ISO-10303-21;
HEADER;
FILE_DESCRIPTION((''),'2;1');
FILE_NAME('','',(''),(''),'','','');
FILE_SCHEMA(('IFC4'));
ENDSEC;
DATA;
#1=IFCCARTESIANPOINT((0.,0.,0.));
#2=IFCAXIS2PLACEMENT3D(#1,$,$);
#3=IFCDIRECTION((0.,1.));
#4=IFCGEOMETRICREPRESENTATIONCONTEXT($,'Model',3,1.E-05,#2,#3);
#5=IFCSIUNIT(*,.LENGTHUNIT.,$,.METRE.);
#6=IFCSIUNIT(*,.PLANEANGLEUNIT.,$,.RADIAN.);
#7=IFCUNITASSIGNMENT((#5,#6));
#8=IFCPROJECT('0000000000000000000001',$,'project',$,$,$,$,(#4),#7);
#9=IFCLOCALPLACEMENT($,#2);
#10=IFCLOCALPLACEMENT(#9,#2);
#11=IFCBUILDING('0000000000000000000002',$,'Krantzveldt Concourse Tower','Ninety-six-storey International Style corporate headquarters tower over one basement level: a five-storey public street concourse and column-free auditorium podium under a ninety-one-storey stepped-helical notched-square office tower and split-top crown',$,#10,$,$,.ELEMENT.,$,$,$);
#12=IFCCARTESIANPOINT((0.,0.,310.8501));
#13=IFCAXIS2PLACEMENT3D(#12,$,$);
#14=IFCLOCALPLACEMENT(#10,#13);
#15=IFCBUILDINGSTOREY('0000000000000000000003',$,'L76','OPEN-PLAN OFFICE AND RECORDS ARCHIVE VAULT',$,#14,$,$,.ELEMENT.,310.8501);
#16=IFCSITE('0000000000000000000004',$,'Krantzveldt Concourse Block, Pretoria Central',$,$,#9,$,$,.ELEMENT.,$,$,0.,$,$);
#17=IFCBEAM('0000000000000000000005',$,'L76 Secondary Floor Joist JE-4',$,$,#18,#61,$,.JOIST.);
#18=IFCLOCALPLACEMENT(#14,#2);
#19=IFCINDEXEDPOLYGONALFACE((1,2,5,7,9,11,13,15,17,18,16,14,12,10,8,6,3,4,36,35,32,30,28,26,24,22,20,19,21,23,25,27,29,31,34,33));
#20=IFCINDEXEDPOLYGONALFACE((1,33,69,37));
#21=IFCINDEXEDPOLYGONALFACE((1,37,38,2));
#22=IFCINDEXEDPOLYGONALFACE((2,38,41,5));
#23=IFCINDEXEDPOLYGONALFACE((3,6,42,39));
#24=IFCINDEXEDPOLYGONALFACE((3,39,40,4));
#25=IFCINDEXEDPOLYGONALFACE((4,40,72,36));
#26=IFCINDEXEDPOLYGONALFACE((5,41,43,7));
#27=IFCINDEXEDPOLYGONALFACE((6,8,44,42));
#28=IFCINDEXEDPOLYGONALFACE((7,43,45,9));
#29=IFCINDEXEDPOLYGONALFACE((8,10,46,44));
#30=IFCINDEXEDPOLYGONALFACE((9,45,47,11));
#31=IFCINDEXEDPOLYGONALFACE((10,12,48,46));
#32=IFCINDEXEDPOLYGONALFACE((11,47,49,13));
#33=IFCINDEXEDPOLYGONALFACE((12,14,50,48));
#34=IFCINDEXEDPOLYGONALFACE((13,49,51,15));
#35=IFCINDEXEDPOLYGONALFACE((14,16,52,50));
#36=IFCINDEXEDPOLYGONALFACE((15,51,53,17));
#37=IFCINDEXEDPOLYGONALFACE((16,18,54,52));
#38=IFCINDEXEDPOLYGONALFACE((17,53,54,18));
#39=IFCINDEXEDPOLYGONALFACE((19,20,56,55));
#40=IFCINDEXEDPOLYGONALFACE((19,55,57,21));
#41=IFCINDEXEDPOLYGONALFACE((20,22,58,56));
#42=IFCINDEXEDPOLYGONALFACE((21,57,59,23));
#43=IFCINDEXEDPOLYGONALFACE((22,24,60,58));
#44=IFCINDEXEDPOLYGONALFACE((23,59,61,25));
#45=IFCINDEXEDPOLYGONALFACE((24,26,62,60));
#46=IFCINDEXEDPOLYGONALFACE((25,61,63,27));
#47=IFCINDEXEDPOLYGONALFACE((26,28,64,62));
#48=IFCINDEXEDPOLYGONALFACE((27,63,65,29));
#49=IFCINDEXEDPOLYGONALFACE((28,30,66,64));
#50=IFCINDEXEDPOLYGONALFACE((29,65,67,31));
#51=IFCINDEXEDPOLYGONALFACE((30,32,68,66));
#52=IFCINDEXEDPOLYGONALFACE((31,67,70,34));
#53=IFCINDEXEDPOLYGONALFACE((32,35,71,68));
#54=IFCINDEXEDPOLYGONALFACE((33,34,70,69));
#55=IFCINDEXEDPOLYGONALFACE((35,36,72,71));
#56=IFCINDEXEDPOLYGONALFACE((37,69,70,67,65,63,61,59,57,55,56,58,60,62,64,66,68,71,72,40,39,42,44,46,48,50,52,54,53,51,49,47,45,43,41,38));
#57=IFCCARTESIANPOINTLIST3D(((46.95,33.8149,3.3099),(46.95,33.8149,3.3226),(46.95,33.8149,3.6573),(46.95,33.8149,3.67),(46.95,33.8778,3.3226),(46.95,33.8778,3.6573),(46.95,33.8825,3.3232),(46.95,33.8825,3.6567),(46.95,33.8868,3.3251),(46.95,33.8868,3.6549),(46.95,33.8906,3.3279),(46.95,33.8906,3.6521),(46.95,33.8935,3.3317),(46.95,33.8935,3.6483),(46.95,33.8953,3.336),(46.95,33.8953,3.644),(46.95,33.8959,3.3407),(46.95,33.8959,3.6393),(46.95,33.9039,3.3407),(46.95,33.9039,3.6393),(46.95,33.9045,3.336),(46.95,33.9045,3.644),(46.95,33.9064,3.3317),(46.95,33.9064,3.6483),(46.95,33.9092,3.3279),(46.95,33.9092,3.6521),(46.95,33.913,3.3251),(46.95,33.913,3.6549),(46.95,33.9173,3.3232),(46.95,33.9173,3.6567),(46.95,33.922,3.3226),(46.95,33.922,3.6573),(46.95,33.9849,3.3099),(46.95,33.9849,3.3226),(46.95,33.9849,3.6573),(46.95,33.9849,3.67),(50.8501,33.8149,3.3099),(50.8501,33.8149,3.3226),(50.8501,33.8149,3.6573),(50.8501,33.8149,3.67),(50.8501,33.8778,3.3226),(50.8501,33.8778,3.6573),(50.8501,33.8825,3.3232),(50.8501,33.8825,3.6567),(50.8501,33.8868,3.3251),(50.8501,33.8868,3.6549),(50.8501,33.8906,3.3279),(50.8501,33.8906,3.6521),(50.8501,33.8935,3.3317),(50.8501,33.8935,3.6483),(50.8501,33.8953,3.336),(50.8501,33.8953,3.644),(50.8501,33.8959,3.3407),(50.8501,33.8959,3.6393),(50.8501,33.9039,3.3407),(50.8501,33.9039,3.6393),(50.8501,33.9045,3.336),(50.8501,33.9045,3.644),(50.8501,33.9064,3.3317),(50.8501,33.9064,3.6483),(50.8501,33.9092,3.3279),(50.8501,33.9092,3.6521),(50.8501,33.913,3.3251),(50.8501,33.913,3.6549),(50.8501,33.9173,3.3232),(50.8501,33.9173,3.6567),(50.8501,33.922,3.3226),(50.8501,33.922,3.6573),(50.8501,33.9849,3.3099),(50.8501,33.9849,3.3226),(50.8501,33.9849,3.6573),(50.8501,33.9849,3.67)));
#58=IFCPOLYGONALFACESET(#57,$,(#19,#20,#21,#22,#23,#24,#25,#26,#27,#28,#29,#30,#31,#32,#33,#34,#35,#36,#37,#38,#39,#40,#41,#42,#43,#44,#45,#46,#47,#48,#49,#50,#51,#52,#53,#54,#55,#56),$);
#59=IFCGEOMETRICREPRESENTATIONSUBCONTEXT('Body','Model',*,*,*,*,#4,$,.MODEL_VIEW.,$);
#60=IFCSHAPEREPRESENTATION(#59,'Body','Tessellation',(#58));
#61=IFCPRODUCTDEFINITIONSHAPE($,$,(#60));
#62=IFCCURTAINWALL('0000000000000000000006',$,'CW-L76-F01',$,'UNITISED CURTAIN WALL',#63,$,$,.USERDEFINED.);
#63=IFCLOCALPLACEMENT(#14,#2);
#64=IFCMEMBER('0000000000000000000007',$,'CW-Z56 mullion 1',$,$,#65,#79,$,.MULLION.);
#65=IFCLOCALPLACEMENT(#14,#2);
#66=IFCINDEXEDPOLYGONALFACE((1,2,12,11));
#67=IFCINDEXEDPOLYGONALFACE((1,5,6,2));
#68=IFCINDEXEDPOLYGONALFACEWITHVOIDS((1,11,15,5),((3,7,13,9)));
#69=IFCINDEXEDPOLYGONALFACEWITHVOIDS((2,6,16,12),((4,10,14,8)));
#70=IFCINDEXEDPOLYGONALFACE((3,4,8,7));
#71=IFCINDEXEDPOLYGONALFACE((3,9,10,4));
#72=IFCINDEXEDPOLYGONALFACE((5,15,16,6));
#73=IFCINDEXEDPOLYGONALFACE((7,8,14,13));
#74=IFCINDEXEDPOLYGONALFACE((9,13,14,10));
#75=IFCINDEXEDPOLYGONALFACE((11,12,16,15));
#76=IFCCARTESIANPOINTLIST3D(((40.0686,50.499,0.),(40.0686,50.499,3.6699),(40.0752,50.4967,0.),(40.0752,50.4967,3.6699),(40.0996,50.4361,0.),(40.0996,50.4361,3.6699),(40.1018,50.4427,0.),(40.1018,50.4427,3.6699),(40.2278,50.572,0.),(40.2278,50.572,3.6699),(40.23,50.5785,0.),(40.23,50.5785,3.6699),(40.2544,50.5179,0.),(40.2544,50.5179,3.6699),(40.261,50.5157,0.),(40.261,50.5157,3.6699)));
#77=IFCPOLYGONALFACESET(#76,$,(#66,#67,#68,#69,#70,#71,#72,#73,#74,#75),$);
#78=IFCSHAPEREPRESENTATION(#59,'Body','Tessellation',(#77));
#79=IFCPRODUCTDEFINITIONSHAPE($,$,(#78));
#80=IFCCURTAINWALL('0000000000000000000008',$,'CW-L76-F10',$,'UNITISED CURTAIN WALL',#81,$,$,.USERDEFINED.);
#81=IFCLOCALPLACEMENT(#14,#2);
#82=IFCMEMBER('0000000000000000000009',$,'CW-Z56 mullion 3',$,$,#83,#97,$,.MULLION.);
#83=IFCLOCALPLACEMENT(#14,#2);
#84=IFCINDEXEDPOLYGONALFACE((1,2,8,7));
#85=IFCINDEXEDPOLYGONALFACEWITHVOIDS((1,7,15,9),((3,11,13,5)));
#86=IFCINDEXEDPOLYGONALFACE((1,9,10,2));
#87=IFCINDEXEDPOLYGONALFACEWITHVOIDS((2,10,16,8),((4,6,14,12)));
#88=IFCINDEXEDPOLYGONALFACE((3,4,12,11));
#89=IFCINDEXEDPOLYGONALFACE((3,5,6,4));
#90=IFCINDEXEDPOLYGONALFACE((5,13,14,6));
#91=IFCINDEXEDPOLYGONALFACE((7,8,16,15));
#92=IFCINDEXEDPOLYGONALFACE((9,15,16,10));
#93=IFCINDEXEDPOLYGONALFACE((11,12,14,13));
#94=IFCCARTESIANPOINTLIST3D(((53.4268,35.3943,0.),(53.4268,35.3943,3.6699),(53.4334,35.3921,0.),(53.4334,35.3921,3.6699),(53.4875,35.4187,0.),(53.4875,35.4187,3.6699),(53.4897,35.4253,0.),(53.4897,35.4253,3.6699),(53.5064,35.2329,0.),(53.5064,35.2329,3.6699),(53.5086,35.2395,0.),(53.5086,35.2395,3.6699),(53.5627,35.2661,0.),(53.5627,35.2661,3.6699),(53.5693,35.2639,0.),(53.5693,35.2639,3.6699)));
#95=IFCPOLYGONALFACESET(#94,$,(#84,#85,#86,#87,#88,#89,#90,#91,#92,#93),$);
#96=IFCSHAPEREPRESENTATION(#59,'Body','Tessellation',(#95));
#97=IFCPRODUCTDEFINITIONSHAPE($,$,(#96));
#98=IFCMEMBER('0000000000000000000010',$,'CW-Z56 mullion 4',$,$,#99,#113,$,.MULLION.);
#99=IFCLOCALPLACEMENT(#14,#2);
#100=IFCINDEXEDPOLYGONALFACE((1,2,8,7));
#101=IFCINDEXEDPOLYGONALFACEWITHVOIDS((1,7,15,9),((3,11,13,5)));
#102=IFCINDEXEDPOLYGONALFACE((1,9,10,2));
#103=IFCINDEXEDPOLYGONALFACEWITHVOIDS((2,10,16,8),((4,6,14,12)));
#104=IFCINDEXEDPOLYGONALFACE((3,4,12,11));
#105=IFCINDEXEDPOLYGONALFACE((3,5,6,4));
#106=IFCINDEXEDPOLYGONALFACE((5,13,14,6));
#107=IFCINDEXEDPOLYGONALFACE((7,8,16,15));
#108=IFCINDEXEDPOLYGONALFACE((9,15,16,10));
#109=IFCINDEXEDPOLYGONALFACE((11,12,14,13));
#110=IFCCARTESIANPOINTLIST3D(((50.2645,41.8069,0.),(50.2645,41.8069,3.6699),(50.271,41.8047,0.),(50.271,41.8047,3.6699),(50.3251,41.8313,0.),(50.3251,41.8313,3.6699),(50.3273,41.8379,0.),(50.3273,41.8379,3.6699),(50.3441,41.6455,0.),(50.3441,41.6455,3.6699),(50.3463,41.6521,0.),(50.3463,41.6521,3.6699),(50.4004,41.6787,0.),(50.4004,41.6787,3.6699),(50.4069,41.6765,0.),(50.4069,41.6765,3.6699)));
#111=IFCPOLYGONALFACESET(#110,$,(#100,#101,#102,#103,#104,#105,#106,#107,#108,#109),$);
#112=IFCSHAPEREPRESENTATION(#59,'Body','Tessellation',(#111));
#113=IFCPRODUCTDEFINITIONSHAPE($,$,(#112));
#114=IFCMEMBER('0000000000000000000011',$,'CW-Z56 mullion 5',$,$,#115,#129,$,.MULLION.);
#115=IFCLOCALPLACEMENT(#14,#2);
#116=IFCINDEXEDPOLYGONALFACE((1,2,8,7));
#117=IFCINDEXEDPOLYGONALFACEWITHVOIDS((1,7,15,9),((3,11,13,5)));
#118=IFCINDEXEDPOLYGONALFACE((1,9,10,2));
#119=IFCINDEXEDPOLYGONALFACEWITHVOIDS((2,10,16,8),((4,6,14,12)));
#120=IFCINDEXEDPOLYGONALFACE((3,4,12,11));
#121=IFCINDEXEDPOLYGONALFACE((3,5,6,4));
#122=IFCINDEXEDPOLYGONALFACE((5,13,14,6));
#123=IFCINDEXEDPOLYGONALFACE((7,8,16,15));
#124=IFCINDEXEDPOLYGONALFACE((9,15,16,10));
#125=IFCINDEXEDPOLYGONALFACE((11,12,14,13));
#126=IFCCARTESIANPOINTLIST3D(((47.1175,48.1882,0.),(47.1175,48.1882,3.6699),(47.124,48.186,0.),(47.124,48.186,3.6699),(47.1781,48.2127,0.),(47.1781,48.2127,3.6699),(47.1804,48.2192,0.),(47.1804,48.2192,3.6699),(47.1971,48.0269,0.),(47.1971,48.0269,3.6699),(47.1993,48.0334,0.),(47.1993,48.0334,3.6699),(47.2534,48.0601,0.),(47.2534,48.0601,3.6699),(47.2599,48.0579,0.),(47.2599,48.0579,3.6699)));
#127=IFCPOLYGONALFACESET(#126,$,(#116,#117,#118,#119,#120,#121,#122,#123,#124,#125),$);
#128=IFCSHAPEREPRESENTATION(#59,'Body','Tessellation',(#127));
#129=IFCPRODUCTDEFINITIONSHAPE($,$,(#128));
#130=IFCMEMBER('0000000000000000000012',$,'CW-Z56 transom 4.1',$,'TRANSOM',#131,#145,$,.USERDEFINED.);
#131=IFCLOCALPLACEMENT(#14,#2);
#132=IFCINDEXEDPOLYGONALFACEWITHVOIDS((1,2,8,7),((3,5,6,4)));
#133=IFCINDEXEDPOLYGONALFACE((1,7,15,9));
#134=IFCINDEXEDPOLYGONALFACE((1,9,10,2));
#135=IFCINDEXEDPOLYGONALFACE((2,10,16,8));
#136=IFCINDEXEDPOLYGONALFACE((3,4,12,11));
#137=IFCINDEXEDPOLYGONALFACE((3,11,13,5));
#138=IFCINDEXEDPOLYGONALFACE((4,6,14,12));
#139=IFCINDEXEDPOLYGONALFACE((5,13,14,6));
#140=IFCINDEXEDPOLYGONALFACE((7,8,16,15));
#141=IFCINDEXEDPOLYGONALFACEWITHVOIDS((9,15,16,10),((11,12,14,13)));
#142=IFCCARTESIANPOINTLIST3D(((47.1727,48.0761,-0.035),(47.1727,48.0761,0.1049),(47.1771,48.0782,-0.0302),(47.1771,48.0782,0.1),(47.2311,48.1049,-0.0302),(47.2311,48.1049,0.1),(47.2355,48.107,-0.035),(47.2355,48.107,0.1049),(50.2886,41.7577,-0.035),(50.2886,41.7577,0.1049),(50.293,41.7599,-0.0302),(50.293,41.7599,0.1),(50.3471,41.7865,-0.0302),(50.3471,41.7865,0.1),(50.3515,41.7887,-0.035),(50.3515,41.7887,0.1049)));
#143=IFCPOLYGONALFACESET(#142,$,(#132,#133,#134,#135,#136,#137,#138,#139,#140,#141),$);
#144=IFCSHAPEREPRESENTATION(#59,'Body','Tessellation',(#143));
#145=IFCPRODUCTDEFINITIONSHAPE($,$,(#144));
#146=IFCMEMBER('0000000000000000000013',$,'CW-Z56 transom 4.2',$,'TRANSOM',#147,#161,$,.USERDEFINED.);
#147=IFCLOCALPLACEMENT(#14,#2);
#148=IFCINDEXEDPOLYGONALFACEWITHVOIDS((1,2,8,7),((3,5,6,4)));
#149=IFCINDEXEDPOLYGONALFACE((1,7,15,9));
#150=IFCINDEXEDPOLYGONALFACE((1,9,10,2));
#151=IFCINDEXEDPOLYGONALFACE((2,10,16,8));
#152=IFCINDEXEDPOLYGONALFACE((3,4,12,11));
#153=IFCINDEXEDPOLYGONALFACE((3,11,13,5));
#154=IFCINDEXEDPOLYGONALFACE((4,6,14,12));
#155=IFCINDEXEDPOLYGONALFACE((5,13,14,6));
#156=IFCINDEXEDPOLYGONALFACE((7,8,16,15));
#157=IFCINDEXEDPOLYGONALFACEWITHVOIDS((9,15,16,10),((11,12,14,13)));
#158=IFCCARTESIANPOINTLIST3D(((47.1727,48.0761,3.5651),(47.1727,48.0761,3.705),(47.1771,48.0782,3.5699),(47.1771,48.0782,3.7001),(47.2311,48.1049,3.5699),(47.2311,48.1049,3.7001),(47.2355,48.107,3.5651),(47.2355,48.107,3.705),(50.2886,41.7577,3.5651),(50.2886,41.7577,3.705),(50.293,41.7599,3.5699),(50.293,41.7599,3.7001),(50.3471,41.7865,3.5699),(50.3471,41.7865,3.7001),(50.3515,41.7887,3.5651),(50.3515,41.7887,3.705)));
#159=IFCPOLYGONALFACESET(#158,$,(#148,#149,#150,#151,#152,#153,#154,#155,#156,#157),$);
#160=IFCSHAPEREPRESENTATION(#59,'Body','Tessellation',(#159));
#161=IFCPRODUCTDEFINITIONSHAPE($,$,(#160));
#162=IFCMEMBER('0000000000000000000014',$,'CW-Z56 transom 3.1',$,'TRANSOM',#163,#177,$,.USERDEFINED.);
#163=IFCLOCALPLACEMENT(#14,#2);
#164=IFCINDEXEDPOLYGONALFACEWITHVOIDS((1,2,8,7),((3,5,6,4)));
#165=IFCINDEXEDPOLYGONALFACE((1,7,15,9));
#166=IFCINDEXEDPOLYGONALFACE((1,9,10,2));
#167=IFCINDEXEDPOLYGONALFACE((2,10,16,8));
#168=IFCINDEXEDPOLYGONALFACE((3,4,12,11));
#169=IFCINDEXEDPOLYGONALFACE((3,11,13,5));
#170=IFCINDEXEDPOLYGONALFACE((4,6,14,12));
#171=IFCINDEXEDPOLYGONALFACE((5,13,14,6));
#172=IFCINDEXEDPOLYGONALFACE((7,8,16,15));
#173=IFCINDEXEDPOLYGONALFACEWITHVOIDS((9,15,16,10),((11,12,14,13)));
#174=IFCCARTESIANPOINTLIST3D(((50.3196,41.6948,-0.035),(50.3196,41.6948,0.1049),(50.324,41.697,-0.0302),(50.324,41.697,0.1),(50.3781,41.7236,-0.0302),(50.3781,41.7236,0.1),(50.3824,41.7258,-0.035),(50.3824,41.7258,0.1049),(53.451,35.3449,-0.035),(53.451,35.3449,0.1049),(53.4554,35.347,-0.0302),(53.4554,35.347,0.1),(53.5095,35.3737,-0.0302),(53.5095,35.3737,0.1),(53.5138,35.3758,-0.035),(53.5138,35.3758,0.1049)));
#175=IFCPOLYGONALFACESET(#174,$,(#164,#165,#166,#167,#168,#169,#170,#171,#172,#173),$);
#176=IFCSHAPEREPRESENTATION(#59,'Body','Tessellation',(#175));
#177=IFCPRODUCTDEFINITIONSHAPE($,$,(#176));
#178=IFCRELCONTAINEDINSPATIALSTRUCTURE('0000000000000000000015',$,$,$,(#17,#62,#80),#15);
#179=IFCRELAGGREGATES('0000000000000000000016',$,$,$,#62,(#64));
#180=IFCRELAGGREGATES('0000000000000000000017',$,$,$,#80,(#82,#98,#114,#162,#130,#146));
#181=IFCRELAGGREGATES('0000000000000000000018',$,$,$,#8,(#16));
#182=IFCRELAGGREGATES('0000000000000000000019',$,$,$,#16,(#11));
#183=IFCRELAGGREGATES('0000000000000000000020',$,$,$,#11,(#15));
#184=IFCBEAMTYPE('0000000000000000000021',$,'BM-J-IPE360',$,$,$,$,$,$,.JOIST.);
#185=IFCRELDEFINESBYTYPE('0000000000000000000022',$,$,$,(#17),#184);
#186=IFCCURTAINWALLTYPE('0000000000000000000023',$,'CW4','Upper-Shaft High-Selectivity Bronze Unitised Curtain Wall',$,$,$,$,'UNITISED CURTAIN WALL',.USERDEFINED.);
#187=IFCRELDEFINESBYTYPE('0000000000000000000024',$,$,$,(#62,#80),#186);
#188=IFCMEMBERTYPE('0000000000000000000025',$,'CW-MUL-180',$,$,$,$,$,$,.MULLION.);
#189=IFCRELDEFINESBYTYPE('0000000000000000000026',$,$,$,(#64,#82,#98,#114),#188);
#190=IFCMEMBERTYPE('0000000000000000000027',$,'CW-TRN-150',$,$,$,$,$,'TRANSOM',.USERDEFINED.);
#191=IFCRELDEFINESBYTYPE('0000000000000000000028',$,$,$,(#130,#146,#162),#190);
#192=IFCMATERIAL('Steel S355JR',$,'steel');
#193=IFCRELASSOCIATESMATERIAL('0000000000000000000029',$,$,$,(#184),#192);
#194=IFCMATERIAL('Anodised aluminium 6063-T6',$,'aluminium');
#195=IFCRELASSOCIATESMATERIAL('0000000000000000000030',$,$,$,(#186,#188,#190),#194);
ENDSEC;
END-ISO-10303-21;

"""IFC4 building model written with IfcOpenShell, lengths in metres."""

from ifc_helpers import new_model, si_unit, direction, frame, origin, origin_2d, place, context, subcontext, project, spatial, hollow_rectangle, i_section, extrude, source, transform, mapped, material, material_profile, profile_set, type_object, type_shapes, element, aggregate, save


model = new_model("IFC4")

# Units and contexts
model_context = context("Model", 3, precision=1e-05, world=origin(), true_north=direction((0.0, 1.0)))
body_context = subcontext(model_context, "Body", "Model", "MODEL_VIEW")
ifc_project = project(units=[si_unit("LENGTHUNIT", "METRE"), si_unit("PLANEANGLEUNIT", "RADIAN")], contexts=[model_context])

# Site, building, storey
site_placement = place(None, origin())
site = spatial("IfcSite", under=ifc_project, at=site_placement, Name="Krantzveldt Concourse Block, Pretoria Central", CompositionType="ELEMENT", RefElevation=0.0)
building_placement = place(site_placement, origin())
building = spatial("IfcBuilding", under=site, at=building_placement, Name="Krantzveldt Concourse Tower", Description="Ninety-six-storey International Style corporate headquarters tower over one basement level: a five-storey public street concourse and column-free auditorium podium under a ninety-one-storey stepped-helical notched-square office tower and split-top crown", CompositionType="ELEMENT")
storey_placement = place(building_placement, frame((0.0, 0.0, 310.8501)))
storey = spatial("IfcBuildingStorey", under=building, at=storey_placement, Name="L76", Description="OPEN-PLAN OFFICE AND RECORDS ARCHIVE VAULT", CompositionType="ELEMENT", Elevation=310.8501)

# Beam
ifc_material_1 = material(Name="Steel S355JR", Category="steel")
ifc_material_profile_1 = material_profile(ifc_material_1, i_section(OverallWidth=0.1699, OverallDepth=0.3601, WebThickness=0.0081, FlangeThickness=0.0127, FilletRadius=0.0181, at=origin_2d()), Name="Steel S355JR", Category="steel")
ifc_profile_set_1 = profile_set([ifc_material_profile_1], Name="Steel S355JR - IPE 360")
beam_type_1 = type_object("IfcBeamType", Name="BM-J-IPE360", PredefinedType="JOIST", material=ifc_profile_set_1)
shared_shape_1 = source(origin(), body_context, "Body", "SweptSolid", [
    extrude(i_section(OverallWidth=0.1699, OverallDepth=0.3601, WebThickness=0.0081, FlangeThickness=0.0127, FilletRadius=0.0181, at=origin_2d()), origin(), (0.0, 0.0, 1.0), 3.9001),
])
type_shapes(beam_type_1, [shared_shape_1])
beam_1_placement = place(storey_placement, frame((46.95, 33.8999, 3.49), z_axis=(1.0, 0.0, 0.0), x_axis=(0.0, 1.0, 0.0)))
element("IfcBeam", 1, at=beam_1_placement, inside=storey, type_object=beam_type_1, Name="L76 Secondary Floor Joist JE-4", PredefinedType="JOIST", context=body_context, shape_type="MappedRepresentation", body=[
    mapped(shared_shape_1, transform((0.0, 0.0, 0.0), x_axis=(1.0, 0.0, 0.0), y_axis=(0.0, 1.0, 0.0), z_axis=(0.0, 0.0, 1.0), scale=1.0)),
])

# Curtain wall, member
ifc_material_2 = material(Name="Anodised aluminium 6063-T6", Category="aluminium")
curtain_wall_type = type_object("IfcCurtainWallType", Name="CW4", Description="Upper-Shaft High-Selectivity Bronze Unitised Curtain Wall", ElementType="UNITISED CURTAIN WALL", PredefinedType="USERDEFINED", material=ifc_material_2)
curtain_wall_1_placement = place(storey_placement, origin())
curtain_wall_1 = element("IfcCurtainWall", 2, at=curtain_wall_1_placement, inside=storey, type_object=curtain_wall_type, Name="CW-L76-F01", ObjectType="UNITISED CURTAIN WALL", PredefinedType="USERDEFINED")
ifc_material_profile_2 = material_profile(ifc_material_2, hollow_rectangle(XDim=0.0701, YDim=0.1799, WallThickness=0.0049, at=origin_2d()), Name="Anodised aluminium 6063-T6", Category="aluminium")
ifc_profile_set_2 = profile_set([ifc_material_profile_2], Name="Anodised aluminium 6063-T6 - ALU-MULL 180x70x5")
member_type_1 = type_object("IfcMemberType", Name="CW-MUL-180", PredefinedType="MULLION", material=ifc_profile_set_2)
shared_shape_2 = source(origin(), body_context, "Body", "SweptSolid", [
    extrude(hollow_rectangle(XDim=0.0701, YDim=0.1799, WallThickness=0.0049, at=origin_2d()), origin(), (0.0, 0.0, 1.0), 3.6699),
])
type_shapes(member_type_1, [shared_shape_2])
member_1_placement = place(storey_placement, frame((40.1648, 50.5073, 0.0), z_axis=(0.0, 0.0, 1.0), x_axis=(0.442289, -0.896873, 0.0)))
member_1 = element("IfcMember", 3, at=member_1_placement, type_object=member_type_1, Name="CW-Z56 mullion 1", PredefinedType="MULLION", context=body_context, shape_type="MappedRepresentation", body=[
    mapped(shared_shape_2, transform((0.0, 0.0, 0.0), x_axis=(1.0, 0.0, 0.0), y_axis=(0.0, 1.0, 0.0), z_axis=(0.0, 0.0, 1.0), scale=1.0)),
])

# Curtain wall, members
curtain_wall_2_placement = place(storey_placement, origin())
curtain_wall_2 = element("IfcCurtainWall", 4, at=curtain_wall_2_placement, inside=storey, type_object=curtain_wall_type, Name="CW-L76-F10", ObjectType="UNITISED CURTAIN WALL", PredefinedType="USERDEFINED")
member_2_placement = place(storey_placement, frame((53.498, 35.3291, 0.0), z_axis=(0.0, 0.0, 1.0), x_axis=(-0.896873, -0.442289, 0.0)))
member_2 = element("IfcMember", 5, at=member_2_placement, type_object=member_type_1, Name="CW-Z56 mullion 3", PredefinedType="MULLION", context=body_context, shape_type="MappedRepresentation", body=[
    mapped(shared_shape_2, transform((0.0, 0.0, 0.0), x_axis=(1.0, 0.0, 0.0), y_axis=(0.0, 1.0, 0.0), z_axis=(0.0, 0.0, 1.0), scale=1.0)),
])
member_3_placement = place(storey_placement, frame((50.3357, 41.7417, 0.0), z_axis=(0.0, 0.0, 1.0), x_axis=(-0.896873, -0.442289, 0.0)))
member_3 = element("IfcMember", 6, at=member_3_placement, type_object=member_type_1, Name="CW-Z56 mullion 4", PredefinedType="MULLION", context=body_context, shape_type="MappedRepresentation", body=[
    mapped(shared_shape_2, transform((0.0, 0.0, 0.0), x_axis=(1.0, 0.0, 0.0), y_axis=(0.0, 1.0, 0.0), z_axis=(0.0, 0.0, 1.0), scale=1.0)),
])
member_4_placement = place(storey_placement, frame((47.1887, 48.123, 0.0), z_axis=(0.0, 0.0, 1.0), x_axis=(-0.896873, -0.442289, 0.0)))
member_4 = element("IfcMember", 7, at=member_4_placement, type_object=member_type_1, Name="CW-Z56 mullion 5", PredefinedType="MULLION", context=body_context, shape_type="MappedRepresentation", body=[
    mapped(shared_shape_2, transform((0.0, 0.0, 0.0), x_axis=(1.0, 0.0, 0.0), y_axis=(0.0, 1.0, 0.0), z_axis=(0.0, 0.0, 1.0), scale=1.0)),
])
ifc_material_profile_3 = material_profile(ifc_material_2, hollow_rectangle(XDim=0.0701, YDim=0.1399, WallThickness=0.0049, at=origin_2d()), Name="Anodised aluminium 6063-T6", Category="aluminium")
ifc_profile_set_3 = profile_set([ifc_material_profile_3], Name="Anodised aluminium 6063-T6 - ALU-TRAN 140x70x5")
member_type_2 = type_object("IfcMemberType", Name="CW-TRN-150", ElementType="TRANSOM", PredefinedType="USERDEFINED", material=ifc_profile_set_3)
shared_shape_3 = source(origin(), body_context, "Body", "SweptSolid", [
    extrude(hollow_rectangle(XDim=0.0701, YDim=0.1399, WallThickness=0.0049, at=origin_2d()), origin(), (0.0, 0.0, 1.0), 7.0449),
])
member_5_placement = place(storey_placement, frame((50.3201, 41.7732, 0.0349), z_axis=(-0.4423, 0.896867, 0.0), x_axis=(-0.896867, -0.4423, 0.0)))
member_5 = element("IfcMember", 8, at=member_5_placement, type_object=member_type_2, Name="CW-Z56 transom 4.1", ObjectType="TRANSOM", PredefinedType="USERDEFINED", context=body_context, shape_type="MappedRepresentation", body=[
    mapped(shared_shape_3, transform((0.0, 0.0, 0.0), x_axis=(1.0, 0.0, 0.0), y_axis=(0.0, 1.0, 0.0), z_axis=(0.0, 0.0, 1.0), scale=1.0)),
])
member_6_placement = place(storey_placement, frame((50.3201, 41.7732, 3.635), z_axis=(-0.4423, 0.896867, 0.0), x_axis=(-0.896867, -0.4423, 0.0)))
member_6 = element("IfcMember", 9, at=member_6_placement, type_object=member_type_2, Name="CW-Z56 transom 4.2", ObjectType="TRANSOM", PredefinedType="USERDEFINED", context=body_context, shape_type="MappedRepresentation", body=[
    mapped(shared_shape_3, transform((0.0, 0.0, 0.0), x_axis=(1.0, 0.0, 0.0), y_axis=(0.0, 1.0, 0.0), z_axis=(0.0, 0.0, 1.0), scale=1.0)),
])
shared_shape_4 = source(origin(), body_context, "Body", "SweptSolid", [
    extrude(hollow_rectangle(XDim=0.0701, YDim=0.1399, WallThickness=0.0049, at=origin_2d()), origin(), (0.0, 0.0, 1.0), 7.0801),
])
member_7_placement = place(storey_placement, frame((53.4824, 35.3604, 0.0349), z_axis=(-0.442283, 0.896876, 0.0), x_axis=(-0.896876, -0.442283, 0.0)))
member_7 = element("IfcMember", 10, at=member_7_placement, type_object=member_type_2, Name="CW-Z56 transom 3.1", ObjectType="TRANSOM", PredefinedType="USERDEFINED", context=body_context, shape_type="MappedRepresentation", body=[
    mapped(shared_shape_4, transform((0.0, 0.0, 0.0), x_axis=(1.0, 0.0, 0.0), y_axis=(0.0, 1.0, 0.0), z_axis=(0.0, 0.0, 1.0), scale=1.0)),
])

aggregate(curtain_wall_1, [member_1])
aggregate(curtain_wall_2, [member_2, member_3, member_4, member_7, member_5, member_6])

save(model, "model.ifc")
